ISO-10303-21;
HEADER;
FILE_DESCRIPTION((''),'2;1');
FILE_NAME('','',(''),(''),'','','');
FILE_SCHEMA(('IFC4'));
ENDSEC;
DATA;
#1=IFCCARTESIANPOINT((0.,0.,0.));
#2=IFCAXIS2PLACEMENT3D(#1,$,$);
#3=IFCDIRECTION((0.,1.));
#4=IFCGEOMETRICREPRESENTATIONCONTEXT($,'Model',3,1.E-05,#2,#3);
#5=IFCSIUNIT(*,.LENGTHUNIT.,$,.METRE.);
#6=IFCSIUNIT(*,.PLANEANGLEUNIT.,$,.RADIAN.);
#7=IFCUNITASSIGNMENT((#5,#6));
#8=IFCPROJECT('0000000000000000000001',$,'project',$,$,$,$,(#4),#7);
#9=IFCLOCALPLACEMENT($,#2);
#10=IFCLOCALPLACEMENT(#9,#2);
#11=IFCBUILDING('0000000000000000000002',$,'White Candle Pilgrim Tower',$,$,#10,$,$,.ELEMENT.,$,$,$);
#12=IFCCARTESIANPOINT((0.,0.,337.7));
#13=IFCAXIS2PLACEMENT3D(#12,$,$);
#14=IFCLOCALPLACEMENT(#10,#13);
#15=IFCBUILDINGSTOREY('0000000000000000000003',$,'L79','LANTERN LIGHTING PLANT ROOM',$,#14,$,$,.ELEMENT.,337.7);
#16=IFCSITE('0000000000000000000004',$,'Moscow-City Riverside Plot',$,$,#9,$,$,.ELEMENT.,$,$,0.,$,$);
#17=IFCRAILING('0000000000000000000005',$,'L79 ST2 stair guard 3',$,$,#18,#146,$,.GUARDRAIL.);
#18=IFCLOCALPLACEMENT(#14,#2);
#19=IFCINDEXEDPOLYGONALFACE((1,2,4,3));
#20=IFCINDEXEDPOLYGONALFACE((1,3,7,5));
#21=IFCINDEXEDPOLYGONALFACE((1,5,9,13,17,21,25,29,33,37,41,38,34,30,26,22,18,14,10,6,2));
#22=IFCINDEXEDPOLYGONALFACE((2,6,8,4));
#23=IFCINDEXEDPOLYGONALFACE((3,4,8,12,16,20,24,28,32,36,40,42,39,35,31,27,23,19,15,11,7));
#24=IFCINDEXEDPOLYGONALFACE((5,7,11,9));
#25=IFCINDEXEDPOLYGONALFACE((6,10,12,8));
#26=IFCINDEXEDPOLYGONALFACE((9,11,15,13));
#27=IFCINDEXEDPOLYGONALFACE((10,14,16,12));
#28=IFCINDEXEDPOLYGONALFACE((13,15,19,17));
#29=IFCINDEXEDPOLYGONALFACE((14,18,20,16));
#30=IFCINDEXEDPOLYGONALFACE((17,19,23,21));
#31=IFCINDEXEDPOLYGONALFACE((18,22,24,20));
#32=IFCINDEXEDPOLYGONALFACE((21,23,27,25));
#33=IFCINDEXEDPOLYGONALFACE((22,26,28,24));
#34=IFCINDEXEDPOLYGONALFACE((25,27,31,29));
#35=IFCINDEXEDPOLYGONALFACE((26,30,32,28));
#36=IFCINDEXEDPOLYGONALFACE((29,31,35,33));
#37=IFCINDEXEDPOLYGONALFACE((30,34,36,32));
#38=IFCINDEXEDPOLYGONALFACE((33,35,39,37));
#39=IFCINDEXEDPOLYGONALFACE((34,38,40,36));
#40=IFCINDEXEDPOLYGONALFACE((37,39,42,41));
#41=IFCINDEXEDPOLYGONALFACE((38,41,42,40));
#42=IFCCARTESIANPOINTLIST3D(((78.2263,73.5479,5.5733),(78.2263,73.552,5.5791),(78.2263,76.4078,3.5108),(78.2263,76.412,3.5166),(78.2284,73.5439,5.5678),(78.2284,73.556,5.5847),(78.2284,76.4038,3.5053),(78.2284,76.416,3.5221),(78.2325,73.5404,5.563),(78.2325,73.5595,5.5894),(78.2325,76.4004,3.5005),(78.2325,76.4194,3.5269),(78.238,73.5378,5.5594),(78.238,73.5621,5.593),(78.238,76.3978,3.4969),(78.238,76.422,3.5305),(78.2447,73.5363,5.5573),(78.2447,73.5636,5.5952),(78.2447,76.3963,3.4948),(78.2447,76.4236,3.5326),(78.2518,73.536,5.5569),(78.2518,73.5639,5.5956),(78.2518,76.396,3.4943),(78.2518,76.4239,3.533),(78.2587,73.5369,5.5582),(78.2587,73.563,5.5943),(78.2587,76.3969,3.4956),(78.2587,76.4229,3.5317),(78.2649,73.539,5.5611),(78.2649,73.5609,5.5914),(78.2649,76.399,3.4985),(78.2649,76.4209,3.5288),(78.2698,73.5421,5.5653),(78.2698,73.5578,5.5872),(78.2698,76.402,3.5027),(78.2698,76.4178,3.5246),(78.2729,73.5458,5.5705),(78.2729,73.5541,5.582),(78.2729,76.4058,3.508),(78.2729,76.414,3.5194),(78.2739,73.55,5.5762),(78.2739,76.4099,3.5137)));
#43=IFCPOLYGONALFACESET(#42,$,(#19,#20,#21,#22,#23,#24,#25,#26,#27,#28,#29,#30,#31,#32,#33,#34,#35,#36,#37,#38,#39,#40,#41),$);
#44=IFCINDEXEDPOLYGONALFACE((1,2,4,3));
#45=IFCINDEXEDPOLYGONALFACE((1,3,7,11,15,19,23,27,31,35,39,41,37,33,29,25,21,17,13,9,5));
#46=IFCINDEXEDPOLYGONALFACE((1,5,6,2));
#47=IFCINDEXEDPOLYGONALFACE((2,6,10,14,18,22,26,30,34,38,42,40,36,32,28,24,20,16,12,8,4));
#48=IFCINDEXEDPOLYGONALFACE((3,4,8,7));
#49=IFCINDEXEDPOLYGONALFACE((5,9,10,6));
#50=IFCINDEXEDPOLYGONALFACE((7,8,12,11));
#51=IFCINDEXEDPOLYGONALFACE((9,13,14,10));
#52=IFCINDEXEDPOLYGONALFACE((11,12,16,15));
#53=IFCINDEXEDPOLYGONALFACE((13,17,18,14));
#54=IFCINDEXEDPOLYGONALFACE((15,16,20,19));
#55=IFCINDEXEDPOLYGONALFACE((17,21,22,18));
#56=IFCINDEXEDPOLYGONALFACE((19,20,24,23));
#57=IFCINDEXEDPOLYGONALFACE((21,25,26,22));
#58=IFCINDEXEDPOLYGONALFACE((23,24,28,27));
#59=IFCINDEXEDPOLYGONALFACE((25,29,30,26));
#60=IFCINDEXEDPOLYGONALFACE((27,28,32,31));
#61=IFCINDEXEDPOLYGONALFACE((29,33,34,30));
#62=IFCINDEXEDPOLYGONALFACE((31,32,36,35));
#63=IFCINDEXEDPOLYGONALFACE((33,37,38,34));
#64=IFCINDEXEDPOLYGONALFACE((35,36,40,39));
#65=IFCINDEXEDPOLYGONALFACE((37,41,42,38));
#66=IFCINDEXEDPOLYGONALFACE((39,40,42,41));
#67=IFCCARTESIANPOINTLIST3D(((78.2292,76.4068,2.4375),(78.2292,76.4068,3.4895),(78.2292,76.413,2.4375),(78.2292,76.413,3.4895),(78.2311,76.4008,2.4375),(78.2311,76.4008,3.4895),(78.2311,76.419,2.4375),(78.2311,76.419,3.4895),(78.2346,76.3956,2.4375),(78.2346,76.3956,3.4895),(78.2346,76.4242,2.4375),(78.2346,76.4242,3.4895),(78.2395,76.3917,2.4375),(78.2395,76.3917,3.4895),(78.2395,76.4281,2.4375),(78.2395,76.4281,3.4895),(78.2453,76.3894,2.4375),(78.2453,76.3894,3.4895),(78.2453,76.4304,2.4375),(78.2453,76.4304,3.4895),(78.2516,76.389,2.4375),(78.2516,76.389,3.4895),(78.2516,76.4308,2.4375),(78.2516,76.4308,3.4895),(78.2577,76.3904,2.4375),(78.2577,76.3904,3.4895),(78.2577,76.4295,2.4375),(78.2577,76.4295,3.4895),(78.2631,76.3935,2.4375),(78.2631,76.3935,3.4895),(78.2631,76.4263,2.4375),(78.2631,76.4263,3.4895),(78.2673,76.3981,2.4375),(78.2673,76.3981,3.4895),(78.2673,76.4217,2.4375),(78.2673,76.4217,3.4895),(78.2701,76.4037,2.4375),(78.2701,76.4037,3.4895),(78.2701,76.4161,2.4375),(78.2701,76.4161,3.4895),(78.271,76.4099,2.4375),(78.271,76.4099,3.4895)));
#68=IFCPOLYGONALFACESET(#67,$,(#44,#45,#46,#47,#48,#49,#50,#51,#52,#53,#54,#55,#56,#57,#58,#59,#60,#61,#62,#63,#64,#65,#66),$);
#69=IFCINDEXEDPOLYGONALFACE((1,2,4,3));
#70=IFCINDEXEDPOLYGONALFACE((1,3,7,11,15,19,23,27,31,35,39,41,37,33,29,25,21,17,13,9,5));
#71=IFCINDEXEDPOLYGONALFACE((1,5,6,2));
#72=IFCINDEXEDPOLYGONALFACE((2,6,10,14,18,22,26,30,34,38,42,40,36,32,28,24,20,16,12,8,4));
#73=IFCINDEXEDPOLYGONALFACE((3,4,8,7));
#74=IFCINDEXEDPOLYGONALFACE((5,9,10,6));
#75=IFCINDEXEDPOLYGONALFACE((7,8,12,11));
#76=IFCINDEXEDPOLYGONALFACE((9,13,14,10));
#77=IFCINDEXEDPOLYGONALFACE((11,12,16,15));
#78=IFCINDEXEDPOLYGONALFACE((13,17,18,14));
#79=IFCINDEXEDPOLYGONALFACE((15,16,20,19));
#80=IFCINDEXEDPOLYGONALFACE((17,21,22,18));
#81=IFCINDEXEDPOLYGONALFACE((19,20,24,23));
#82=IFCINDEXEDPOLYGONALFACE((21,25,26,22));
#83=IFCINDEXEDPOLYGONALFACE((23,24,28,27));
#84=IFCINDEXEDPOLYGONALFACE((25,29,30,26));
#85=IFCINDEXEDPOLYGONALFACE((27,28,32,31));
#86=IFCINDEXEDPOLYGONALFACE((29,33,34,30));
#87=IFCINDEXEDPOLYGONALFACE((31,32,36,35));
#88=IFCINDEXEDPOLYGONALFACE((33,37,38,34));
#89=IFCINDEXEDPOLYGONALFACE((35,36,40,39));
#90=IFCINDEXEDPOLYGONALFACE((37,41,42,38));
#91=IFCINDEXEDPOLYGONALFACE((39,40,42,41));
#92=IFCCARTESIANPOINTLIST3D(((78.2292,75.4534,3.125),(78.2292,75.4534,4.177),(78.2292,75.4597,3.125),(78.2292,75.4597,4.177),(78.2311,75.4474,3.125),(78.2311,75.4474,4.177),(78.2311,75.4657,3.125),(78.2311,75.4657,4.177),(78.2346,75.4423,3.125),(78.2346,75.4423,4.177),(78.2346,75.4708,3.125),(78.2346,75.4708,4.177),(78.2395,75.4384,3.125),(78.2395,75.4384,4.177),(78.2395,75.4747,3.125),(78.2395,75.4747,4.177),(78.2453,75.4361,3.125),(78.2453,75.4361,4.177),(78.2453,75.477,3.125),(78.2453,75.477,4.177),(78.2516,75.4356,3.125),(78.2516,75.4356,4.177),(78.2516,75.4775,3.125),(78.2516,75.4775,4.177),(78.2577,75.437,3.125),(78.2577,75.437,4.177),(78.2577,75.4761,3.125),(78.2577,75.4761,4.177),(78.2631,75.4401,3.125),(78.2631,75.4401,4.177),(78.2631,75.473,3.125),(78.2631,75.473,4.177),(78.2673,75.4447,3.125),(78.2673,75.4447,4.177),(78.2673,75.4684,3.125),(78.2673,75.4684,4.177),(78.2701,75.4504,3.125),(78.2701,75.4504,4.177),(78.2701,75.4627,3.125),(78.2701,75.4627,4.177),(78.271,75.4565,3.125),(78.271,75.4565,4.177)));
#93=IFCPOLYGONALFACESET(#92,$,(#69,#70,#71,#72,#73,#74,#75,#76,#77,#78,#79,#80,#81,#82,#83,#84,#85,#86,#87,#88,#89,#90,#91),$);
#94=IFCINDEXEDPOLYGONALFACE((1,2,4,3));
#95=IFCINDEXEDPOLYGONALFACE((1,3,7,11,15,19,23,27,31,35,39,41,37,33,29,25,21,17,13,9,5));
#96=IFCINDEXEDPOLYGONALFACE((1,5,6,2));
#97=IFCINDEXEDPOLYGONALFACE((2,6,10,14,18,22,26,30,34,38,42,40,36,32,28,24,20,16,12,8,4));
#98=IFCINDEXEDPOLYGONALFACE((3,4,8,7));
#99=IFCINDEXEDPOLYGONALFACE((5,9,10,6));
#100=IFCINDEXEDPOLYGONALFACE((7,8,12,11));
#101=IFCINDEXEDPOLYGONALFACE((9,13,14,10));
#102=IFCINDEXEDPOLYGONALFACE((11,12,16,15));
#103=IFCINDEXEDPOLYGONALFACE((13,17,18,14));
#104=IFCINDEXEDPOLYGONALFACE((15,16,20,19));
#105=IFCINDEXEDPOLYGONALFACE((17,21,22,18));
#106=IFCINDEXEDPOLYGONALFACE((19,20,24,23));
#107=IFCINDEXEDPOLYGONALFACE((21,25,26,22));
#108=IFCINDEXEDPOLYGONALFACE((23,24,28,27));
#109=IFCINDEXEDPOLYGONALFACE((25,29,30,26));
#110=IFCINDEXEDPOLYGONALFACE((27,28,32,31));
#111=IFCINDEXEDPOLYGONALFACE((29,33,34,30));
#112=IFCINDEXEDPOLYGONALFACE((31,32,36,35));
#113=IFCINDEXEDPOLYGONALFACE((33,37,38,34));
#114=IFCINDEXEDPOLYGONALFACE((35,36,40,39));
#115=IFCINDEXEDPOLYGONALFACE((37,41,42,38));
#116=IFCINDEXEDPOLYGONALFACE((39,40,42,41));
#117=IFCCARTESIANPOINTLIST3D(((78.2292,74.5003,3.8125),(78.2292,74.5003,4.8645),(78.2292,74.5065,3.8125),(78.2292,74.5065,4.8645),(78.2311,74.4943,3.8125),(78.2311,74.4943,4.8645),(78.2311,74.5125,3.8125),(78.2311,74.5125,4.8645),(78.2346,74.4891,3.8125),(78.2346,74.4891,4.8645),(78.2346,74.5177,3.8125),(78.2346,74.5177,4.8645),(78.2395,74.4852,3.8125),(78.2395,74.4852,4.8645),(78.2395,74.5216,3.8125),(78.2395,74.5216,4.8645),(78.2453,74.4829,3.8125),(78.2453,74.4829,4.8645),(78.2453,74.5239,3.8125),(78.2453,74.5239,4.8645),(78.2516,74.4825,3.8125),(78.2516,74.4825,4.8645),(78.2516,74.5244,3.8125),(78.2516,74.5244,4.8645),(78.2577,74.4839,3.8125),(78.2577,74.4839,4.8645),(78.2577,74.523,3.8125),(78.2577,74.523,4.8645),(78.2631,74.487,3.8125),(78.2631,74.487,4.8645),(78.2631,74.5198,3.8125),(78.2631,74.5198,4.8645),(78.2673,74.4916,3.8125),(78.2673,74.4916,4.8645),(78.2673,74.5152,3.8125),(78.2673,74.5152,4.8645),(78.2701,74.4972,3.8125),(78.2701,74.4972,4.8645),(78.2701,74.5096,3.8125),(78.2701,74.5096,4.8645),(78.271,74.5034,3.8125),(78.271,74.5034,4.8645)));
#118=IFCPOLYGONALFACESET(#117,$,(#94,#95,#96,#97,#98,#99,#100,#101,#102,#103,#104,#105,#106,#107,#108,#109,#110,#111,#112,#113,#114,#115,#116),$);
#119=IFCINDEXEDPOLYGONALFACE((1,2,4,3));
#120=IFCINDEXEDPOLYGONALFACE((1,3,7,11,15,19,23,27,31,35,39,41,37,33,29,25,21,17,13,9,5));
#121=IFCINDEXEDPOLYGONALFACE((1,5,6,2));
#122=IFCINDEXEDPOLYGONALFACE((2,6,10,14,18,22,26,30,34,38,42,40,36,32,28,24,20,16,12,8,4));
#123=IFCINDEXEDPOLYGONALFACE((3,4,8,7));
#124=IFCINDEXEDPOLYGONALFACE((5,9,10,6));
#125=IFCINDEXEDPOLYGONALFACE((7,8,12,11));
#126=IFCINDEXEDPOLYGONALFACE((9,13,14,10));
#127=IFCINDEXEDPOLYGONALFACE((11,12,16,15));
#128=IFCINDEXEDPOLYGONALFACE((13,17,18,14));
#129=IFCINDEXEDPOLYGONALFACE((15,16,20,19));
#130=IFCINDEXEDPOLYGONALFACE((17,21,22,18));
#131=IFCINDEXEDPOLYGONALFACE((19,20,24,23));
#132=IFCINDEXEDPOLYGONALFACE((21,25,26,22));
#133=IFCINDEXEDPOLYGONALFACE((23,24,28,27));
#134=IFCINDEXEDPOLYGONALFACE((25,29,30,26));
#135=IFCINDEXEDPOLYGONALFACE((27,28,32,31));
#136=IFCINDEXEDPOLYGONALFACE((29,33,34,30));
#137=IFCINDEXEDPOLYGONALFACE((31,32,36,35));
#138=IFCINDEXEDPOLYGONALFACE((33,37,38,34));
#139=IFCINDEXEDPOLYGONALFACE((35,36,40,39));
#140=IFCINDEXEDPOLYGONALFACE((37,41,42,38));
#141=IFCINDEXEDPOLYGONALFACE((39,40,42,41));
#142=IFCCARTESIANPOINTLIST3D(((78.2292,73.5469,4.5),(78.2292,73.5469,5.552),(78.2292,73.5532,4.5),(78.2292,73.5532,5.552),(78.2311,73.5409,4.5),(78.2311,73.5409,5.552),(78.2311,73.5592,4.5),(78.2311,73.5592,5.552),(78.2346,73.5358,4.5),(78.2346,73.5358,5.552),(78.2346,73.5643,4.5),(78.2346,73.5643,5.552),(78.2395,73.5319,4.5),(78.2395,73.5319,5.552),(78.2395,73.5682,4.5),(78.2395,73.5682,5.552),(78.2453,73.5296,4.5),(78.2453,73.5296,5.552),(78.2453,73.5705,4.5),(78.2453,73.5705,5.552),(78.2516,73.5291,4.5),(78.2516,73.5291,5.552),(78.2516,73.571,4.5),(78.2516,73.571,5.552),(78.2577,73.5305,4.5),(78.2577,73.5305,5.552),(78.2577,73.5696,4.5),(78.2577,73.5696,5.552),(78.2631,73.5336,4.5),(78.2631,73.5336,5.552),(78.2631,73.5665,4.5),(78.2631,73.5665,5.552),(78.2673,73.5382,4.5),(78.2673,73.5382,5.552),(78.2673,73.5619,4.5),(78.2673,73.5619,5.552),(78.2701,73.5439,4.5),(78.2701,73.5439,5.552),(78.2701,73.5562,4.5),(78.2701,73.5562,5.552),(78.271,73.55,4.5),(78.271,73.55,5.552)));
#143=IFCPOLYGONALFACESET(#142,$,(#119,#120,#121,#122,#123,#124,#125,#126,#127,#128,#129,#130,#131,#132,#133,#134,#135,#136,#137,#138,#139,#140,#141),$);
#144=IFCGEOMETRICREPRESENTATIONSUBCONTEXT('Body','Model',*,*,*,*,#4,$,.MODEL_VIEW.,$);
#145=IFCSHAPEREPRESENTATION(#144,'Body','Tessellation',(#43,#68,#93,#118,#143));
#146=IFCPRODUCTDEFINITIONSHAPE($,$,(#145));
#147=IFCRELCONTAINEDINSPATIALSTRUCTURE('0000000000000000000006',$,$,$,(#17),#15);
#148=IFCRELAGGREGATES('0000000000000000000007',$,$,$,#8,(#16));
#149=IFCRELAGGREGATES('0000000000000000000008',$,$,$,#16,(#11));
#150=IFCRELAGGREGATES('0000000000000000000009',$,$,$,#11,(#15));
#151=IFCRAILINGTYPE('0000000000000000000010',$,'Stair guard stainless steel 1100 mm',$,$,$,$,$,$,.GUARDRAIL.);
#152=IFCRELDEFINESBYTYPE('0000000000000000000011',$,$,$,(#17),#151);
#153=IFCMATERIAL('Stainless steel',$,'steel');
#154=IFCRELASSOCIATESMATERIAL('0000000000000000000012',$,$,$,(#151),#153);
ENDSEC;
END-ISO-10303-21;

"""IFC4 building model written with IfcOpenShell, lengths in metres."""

from ifc_helpers import new_model, si_unit, direction, frame, origin, origin_2d, place, context, subcontext, project, spatial, circle, extrude, material, type_object, element, save


model = new_model("IFC4")

# Units and contexts
model_context = context("Model", 3, precision=1e-05, world=origin(), true_north=direction((0.0, 1.0)))
body_context = subcontext(model_context, "Body", "Model", "MODEL_VIEW")
ifc_project = project(units=[si_unit("LENGTHUNIT", "METRE"), si_unit("PLANEANGLEUNIT", "RADIAN")], contexts=[model_context])

# Site, building, storey
site_placement = place(None, origin())
site = spatial("IfcSite", under=ifc_project, at=site_placement, Name="Moscow-City Riverside Plot", CompositionType="ELEMENT", RefElevation=0.0)
building_placement = place(site_placement, origin())
building = spatial("IfcBuilding", under=site, at=building_placement, Name="White Candle Pilgrim Tower", CompositionType="ELEMENT")
storey_placement = place(building_placement, frame((0.0, 0.0, 337.7)))
storey = spatial("IfcBuildingStorey", under=building, at=storey_placement, Name="L79", Description="LANTERN LIGHTING PLANT ROOM", CompositionType="ELEMENT", Elevation=337.7)

# Railing
ifc_material_1 = material(Name="Stainless steel", Category="steel")
railing_type_1 = type_object("IfcRailingType", Name="Stair guard stainless steel 1100 mm", PredefinedType="GUARDRAIL", material=ifc_material_1)
railing_1_placement = place(storey_placement, frame((78.25, 76.4099, 2.4375)))
element("IfcRailing", 1, at=railing_1_placement, inside=storey, type_object=railing_type_1, Name="L79 ST2 stair guard 3", PredefinedType="GUARDRAIL", context=body_context, shape_type="SweptSolid", body=[
    extrude(circle(Radius=0.0239, at=origin_2d()), frame((0.0, 0.0, 1.0762), z_axis=(0.0, -0.811077, 0.584939), x_axis=(1.0, 0.0, 0.0)), (0.0, 0.0, 1.0), 3.5261),
    extrude(circle(Radius=0.021, at=origin_2d()), origin(), (0.0, 0.0, 1.0), 1.052),
    extrude(circle(Radius=0.021, at=origin_2d()), frame((0.0, -0.9534, 0.6875)), (0.0, 0.0, 1.0), 1.052),
    extrude(circle(Radius=0.021, at=origin_2d()), frame((0.0, -1.9065, 1.375)), (0.0, 0.0, 1.0), 1.052),
    extrude(circle(Radius=0.021, at=origin_2d()), frame((0.0, -2.8599, 2.0625)), (0.0, 0.0, 1.0), 1.052),
])

save(model, "model.ifc")
